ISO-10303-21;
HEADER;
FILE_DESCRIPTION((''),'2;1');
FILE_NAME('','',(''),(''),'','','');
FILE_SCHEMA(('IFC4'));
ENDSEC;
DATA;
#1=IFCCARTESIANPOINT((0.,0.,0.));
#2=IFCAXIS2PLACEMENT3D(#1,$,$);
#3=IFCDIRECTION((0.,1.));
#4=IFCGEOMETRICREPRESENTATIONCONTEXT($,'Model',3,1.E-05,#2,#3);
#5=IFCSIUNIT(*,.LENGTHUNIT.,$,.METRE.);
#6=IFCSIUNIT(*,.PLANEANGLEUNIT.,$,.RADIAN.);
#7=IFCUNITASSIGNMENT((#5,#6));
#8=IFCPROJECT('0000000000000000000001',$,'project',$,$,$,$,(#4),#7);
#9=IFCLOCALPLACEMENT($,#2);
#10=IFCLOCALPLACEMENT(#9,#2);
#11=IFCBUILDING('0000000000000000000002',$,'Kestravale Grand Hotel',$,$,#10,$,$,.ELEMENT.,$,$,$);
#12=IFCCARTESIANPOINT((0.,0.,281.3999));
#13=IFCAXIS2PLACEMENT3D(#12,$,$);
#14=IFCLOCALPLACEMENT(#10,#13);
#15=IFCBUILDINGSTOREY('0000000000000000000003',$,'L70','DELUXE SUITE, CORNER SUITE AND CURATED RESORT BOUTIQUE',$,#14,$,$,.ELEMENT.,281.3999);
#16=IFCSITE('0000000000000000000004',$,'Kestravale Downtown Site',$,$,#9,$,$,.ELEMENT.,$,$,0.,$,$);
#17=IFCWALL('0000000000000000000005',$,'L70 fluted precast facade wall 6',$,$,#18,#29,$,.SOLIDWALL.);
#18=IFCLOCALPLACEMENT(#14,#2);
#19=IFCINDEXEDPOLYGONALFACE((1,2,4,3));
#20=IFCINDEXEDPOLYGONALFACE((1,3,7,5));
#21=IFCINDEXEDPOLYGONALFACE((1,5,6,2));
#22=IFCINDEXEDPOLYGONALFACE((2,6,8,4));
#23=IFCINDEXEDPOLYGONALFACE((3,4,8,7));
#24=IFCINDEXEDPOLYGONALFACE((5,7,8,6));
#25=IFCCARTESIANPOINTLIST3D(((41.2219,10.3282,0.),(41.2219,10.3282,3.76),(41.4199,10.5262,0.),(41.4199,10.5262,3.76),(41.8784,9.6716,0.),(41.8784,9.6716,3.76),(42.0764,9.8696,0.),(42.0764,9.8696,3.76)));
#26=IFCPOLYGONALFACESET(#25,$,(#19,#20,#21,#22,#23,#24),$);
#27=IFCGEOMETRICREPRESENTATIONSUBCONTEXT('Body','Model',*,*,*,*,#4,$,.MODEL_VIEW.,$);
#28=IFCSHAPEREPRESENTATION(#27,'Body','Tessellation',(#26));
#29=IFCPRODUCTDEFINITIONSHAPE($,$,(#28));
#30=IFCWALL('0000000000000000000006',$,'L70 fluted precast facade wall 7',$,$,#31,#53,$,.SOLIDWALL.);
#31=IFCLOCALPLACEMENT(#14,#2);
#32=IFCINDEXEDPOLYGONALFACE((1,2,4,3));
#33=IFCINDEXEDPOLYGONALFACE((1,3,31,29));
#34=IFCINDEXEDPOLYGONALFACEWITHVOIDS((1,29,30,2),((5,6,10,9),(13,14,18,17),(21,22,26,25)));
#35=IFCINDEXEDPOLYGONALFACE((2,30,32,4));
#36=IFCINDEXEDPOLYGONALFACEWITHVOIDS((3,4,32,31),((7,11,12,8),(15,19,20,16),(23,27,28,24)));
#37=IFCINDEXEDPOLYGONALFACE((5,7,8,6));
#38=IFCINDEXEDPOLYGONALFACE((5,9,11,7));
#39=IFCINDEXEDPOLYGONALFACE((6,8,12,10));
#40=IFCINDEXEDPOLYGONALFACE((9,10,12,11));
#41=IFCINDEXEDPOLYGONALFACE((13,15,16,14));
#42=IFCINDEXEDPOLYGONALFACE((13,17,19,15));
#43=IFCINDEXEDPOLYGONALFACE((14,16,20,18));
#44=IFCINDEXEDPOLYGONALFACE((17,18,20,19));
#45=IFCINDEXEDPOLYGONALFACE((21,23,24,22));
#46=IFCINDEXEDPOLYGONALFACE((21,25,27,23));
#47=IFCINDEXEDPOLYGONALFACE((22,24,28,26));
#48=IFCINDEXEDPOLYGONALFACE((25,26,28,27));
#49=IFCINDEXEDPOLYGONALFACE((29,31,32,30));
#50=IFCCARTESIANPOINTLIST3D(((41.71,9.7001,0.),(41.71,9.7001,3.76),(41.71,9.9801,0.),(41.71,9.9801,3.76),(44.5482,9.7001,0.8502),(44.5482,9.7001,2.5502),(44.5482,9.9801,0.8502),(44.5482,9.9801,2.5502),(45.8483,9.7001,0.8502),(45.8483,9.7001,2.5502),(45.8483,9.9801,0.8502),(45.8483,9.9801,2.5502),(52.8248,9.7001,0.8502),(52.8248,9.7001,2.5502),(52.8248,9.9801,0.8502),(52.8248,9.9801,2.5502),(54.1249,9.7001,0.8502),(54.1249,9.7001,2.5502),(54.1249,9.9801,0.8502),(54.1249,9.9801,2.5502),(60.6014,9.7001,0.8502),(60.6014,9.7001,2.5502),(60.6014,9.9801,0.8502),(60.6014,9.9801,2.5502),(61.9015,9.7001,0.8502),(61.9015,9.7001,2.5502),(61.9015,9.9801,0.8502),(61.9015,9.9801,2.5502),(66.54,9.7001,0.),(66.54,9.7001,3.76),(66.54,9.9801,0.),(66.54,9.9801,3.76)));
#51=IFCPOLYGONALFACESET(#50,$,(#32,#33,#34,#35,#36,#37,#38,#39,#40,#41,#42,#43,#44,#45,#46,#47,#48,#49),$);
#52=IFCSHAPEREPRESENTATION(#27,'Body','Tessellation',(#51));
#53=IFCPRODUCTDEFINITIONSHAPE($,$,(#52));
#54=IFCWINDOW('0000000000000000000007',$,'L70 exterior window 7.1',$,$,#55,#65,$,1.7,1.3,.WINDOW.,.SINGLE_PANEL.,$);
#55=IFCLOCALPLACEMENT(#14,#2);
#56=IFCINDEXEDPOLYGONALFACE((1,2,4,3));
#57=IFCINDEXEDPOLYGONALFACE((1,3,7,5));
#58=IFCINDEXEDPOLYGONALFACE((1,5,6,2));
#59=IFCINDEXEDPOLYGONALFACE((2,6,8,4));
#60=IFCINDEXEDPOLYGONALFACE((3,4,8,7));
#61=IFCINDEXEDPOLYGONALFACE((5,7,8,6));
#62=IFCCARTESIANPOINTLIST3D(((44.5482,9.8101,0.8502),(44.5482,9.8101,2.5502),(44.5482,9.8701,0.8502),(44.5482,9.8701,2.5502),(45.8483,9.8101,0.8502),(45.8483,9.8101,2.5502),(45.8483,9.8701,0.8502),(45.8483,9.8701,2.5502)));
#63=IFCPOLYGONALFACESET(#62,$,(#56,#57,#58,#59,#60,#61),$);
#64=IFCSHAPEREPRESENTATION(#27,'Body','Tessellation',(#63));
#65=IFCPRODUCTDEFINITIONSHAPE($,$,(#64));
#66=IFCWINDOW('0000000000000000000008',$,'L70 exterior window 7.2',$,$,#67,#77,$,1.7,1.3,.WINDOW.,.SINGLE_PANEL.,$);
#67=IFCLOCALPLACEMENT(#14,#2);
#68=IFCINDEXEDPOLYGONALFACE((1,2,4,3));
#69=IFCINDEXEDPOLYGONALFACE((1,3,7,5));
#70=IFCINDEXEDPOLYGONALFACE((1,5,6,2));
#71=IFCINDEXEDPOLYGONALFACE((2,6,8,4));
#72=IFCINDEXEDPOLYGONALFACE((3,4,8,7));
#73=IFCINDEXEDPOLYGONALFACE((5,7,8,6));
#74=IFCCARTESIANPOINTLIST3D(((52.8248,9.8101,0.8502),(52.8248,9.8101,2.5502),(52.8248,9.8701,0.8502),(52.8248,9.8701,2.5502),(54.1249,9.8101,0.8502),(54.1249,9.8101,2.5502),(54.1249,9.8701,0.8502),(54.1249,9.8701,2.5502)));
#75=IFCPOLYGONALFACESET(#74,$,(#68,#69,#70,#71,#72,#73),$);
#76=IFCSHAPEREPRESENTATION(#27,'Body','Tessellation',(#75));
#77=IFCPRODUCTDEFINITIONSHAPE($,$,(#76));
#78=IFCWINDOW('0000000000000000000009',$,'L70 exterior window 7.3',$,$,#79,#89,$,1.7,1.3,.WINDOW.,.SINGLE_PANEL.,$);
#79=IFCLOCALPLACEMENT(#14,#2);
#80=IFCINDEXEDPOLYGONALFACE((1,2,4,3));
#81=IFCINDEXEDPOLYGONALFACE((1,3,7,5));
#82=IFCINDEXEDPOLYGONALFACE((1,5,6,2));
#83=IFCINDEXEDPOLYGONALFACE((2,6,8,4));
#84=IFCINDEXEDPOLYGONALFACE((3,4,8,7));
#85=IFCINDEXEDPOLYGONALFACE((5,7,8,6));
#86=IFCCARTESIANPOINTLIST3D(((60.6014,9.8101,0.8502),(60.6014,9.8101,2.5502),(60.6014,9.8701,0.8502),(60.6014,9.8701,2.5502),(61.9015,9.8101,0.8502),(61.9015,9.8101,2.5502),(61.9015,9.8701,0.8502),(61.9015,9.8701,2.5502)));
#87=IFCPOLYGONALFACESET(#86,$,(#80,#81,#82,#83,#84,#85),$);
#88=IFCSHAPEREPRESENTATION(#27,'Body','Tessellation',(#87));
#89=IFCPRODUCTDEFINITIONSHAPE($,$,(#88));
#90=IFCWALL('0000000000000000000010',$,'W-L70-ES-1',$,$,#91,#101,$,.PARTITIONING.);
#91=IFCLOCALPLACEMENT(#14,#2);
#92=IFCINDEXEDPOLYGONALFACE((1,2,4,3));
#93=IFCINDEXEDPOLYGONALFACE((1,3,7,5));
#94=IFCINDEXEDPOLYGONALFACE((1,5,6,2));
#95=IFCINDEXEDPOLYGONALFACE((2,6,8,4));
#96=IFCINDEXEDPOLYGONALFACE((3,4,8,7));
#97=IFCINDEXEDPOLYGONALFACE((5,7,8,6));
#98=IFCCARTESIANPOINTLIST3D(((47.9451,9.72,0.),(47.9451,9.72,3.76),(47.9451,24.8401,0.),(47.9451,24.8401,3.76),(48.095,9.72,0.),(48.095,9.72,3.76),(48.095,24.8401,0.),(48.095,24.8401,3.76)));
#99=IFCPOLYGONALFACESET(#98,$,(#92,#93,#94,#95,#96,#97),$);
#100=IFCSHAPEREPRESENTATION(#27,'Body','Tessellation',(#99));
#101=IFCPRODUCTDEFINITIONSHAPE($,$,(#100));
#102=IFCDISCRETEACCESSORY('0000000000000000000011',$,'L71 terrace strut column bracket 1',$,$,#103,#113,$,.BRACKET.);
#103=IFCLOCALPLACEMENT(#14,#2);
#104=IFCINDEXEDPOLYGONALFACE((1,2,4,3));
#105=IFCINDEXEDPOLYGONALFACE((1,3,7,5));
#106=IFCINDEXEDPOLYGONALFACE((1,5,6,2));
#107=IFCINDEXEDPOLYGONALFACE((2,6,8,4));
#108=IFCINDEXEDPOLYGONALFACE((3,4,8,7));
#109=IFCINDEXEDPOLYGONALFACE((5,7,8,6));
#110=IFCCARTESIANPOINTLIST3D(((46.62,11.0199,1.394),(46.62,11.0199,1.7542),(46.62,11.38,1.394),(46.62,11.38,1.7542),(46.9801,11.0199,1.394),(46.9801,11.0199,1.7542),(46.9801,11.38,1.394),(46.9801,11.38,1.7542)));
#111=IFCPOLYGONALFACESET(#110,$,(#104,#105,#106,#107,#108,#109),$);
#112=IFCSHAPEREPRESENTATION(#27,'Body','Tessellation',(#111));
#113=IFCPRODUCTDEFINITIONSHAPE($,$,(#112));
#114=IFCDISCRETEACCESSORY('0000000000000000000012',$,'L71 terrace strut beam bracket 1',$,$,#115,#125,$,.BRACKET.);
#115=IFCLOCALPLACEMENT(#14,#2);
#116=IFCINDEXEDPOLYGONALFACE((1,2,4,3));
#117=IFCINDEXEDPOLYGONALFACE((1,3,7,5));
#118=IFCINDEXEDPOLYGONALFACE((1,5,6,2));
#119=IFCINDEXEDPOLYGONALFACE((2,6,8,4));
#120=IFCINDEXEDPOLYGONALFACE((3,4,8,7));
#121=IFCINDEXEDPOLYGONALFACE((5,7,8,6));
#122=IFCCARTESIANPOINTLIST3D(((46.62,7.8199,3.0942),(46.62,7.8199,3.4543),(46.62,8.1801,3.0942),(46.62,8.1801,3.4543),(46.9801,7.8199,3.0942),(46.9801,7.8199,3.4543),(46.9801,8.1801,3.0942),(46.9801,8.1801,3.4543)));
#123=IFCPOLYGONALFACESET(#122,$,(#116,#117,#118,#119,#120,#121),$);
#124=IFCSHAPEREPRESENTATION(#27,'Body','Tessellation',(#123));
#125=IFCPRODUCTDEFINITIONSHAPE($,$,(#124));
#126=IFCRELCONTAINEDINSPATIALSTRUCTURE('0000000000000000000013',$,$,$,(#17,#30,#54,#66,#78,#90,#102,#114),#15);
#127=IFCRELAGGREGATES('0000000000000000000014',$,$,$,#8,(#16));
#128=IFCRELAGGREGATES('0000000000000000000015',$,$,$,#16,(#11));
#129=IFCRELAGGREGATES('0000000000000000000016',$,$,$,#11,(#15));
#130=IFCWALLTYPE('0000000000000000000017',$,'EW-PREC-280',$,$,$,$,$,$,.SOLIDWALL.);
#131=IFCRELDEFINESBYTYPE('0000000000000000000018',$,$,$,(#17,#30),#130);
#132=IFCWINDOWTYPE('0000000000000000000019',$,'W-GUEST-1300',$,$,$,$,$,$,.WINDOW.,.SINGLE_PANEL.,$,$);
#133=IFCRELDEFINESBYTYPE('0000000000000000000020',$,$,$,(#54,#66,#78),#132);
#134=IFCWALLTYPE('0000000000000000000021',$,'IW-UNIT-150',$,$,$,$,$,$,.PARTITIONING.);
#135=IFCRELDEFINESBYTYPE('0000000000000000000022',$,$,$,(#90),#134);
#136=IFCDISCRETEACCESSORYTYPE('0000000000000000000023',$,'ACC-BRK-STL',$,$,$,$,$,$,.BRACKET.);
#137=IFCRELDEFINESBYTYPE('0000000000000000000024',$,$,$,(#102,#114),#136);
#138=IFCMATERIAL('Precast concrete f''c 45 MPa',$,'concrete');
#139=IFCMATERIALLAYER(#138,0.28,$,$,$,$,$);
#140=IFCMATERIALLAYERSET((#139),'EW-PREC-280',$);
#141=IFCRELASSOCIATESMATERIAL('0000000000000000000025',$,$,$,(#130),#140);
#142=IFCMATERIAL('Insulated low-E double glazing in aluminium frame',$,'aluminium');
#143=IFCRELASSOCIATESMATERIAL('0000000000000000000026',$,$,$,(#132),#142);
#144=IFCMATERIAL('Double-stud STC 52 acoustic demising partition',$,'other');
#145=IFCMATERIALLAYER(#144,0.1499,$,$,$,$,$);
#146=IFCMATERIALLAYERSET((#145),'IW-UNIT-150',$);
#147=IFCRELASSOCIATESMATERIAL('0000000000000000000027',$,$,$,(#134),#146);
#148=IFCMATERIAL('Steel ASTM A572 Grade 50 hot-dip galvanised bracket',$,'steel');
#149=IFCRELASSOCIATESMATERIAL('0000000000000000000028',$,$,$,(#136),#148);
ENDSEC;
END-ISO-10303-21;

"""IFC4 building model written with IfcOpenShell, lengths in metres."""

from ifc_helpers import new_model, si_unit, direction, frame, frame_2d, origin, origin_2d, place, context, subcontext, project, spatial, rectangle, extrude, material, layer, layer_set, type_object, element, fill, save


model = new_model("IFC4")

# Units and contexts
model_context = context("Model", 3, precision=1e-05, world=origin(), true_north=direction((0.0, 1.0)))
body_context = subcontext(model_context, "Body", "Model", "MODEL_VIEW")
ifc_project = project(units=[si_unit("LENGTHUNIT", "METRE"), si_unit("PLANEANGLEUNIT", "RADIAN")], contexts=[model_context])

# Site, building, storey
site_placement = place(None, origin())
site = spatial("IfcSite", under=ifc_project, at=site_placement, Name="Kestravale Downtown Site", CompositionType="ELEMENT", RefElevation=0.0)
building_placement = place(site_placement, origin())
building = spatial("IfcBuilding", under=site, at=building_placement, Name="Kestravale Grand Hotel", CompositionType="ELEMENT")
storey_placement = place(building_placement, frame((0.0, 0.0, 281.3999)))
storey = spatial("IfcBuildingStorey", under=building, at=storey_placement, Name="L70", Description="DELUXE SUITE, CORNER SUITE AND CURATED RESORT BOUTIQUE", CompositionType="ELEMENT", Elevation=281.3999)

# Shared definitions
ifc_material_1 = material(Name="Precast concrete f'c 45 MPa", Category="concrete")
ifc_layer_1 = layer(ifc_material_1, 0.28)
ifc_layer_set_1 = layer_set([ifc_layer_1], Name="EW-PREC-280")
wall_type_1 = type_object("IfcWallType", Name="EW-PREC-280", PredefinedType="SOLIDWALL", material=ifc_layer_set_1)

# Shared definitions
ifc_material_2 = material(Name="Insulated low-E double glazing in aluminium frame", Category="aluminium")
window_type = type_object("IfcWindowType", Name="W-GUEST-1300", PartitioningType="SINGLE_PANEL", PredefinedType="WINDOW", material=ifc_material_2)

# Wall
wall_1_placement = place(storey_placement, frame((41.3208, 10.4272, 0.0), z_axis=(0.0, 0.0, 1.0), x_axis=(0.707107, -0.707107, 0.0)))
element("IfcWall", 1, at=wall_1_placement, inside=storey, type_object=wall_type_1, Name="L70 fluted precast facade wall 6", PredefinedType="SOLIDWALL", context=body_context, shape_type="SweptSolid", body=[
    extrude(rectangle(XDim=0.9285, YDim=0.28, at=frame_2d((0.4644, 0.0))), origin(), (0.0, 0.0, 1.0), 3.76),
])

# Wall, openings, windows
wall_2_placement = place(storey_placement, frame((41.71, 9.8401, 0.0), z_axis=(0.0, 0.0, 1.0), x_axis=(1.0, 0.0, 0.0)))
wall_2 = element("IfcWall", 2, at=wall_2_placement, inside=storey, type_object=wall_type_1, Name="L70 fluted precast facade wall 7", PredefinedType="SOLIDWALL", context=body_context, shape_type="SweptSolid", body=[
    extrude(rectangle(XDim=24.8301, YDim=0.28, at=frame_2d((12.415, 0.0))), origin(), (0.0, 0.0, 1.0), 3.76),
])
opening_1_placement = place(wall_2_placement, frame((2.8384, 0.0, 0.8501)))
opening_1 = element("IfcOpeningElement", 3, at=opening_1_placement, cuts=wall_2, PredefinedType="OPENING", context=body_context, shape_type="SweptSolid", body=[
    extrude(rectangle(XDim=1.3, YDim=1.7, at=frame_2d((0.6499, 0.8501))), frame((0.0, 0.1499, 0.0), z_axis=(0.0, -1.0, 0.0), x_axis=(1.0, 0.0, 0.0)), (0.0, 0.0, 1.0), 0.3),
])
opening_2_placement = place(wall_2_placement, frame((11.115, 0.0, 0.8501)))
opening_2 = element("IfcOpeningElement", 4, at=opening_2_placement, cuts=wall_2, PredefinedType="OPENING", context=body_context, shape_type="SweptSolid", body=[
    extrude(rectangle(XDim=1.3, YDim=1.7, at=frame_2d((0.6499, 0.8501))), frame((0.0, 0.1499, 0.0), z_axis=(0.0, -1.0, 0.0), x_axis=(1.0, 0.0, 0.0)), (0.0, 0.0, 1.0), 0.3),
])
opening_3_placement = place(wall_2_placement, frame((18.8916, 0.0, 0.8501)))
opening_3 = element("IfcOpeningElement", 5, at=opening_3_placement, cuts=wall_2, PredefinedType="OPENING", context=body_context, shape_type="SweptSolid", body=[
    extrude(rectangle(XDim=1.3, YDim=1.7, at=frame_2d((0.6499, 0.8501))), frame((0.0, 0.1499, 0.0), z_axis=(0.0, -1.0, 0.0), x_axis=(1.0, 0.0, 0.0)), (0.0, 0.0, 1.0), 0.3),
])
window_1_placement = place(opening_1_placement, origin())
window_1 = element("IfcWindow", 6, at=window_1_placement, inside=storey, type_object=window_type, Name="L70 exterior window 7.1", OverallHeight=1.7, OverallWidth=1.3, PartitioningType="SINGLE_PANEL", PredefinedType="WINDOW", context=body_context, shape_type="SweptSolid", body=[
    extrude(rectangle(XDim=1.3, YDim=1.7, at=frame_2d((0.6499, 0.8501))), frame((0.0, 0.03, 0.0), z_axis=(0.0, -1.0, 0.0), x_axis=(1.0, 0.0, 0.0)), (0.0, 0.0, 1.0), 0.0601),
])
fill(opening_1, window_1)
window_2_placement = place(opening_2_placement, origin())
window_2 = element("IfcWindow", 7, at=window_2_placement, inside=storey, type_object=window_type, Name="L70 exterior window 7.2", OverallHeight=1.7, OverallWidth=1.3, PartitioningType="SINGLE_PANEL", PredefinedType="WINDOW", context=body_context, shape_type="SweptSolid", body=[
    extrude(rectangle(XDim=1.3, YDim=1.7, at=frame_2d((0.6499, 0.8501))), frame((0.0, 0.03, 0.0), z_axis=(0.0, -1.0, 0.0), x_axis=(1.0, 0.0, 0.0)), (0.0, 0.0, 1.0), 0.0601),
])
fill(opening_2, window_2)
window_3_placement = place(opening_3_placement, origin())
window_3 = element("IfcWindow", 8, at=window_3_placement, inside=storey, type_object=window_type, Name="L70 exterior window 7.3", OverallHeight=1.7, OverallWidth=1.3, PartitioningType="SINGLE_PANEL", PredefinedType="WINDOW", context=body_context, shape_type="SweptSolid", body=[
    extrude(rectangle(XDim=1.3, YDim=1.7, at=frame_2d((0.6499, 0.8501))), frame((0.0, 0.03, 0.0), z_axis=(0.0, -1.0, 0.0), x_axis=(1.0, 0.0, 0.0)), (0.0, 0.0, 1.0), 0.0601),
])
fill(opening_3, window_3)

# Wall
ifc_material_3 = material(Name="Double-stud STC 52 acoustic demising partition", Category="other")
ifc_layer_2 = layer(ifc_material_3, 0.1499)
ifc_layer_set_2 = layer_set([ifc_layer_2], Name="IW-UNIT-150")
wall_type_2 = type_object("IfcWallType", Name="IW-UNIT-150", PredefinedType="PARTITIONING", material=ifc_layer_set_2)
wall_3_placement = place(storey_placement, frame((48.02, 9.72, 0.0), z_axis=(0.0, 0.0, 1.0), x_axis=(0.0, 1.0, 0.0)))
element("IfcWall", 9, at=wall_3_placement, inside=storey, type_object=wall_type_2, Name="W-L70-ES-1", PredefinedType="PARTITIONING", context=body_context, shape_type="SweptSolid", body=[
    extrude(rectangle(XDim=15.1201, YDim=0.1499, at=frame_2d((7.5601, 0.0))), origin(), (0.0, 0.0, 1.0), 3.76),
])

# Discrete accessories
ifc_material_4 = material(Name="Steel ASTM A572 Grade 50 hot-dip galvanised bracket", Category="steel")
discrete_accessory_type = type_object("IfcDiscreteAccessoryType", Name="ACC-BRK-STL", PredefinedType="BRACKET", material=ifc_material_4)
for number, where, z_axis, x_axis, name in (
    (10, (46.8, 11.2, 1.394), (0.0, 0.0, 1.0), (1.0, 0.0, 0.0), "L71 terrace strut column bracket 1"),
    (11, (46.8, 8.0, 3.0942), (0.0, 0.0, 1.0), (1.0, 0.0, 0.0), "L71 terrace strut beam bracket 1"),
):
    element("IfcDiscreteAccessory", number, at=place(storey_placement, frame(where, z_axis=z_axis, x_axis=x_axis)), inside=storey, type_object=discrete_accessory_type, Name=name, PredefinedType="BRACKET", context=body_context, shape_type="SweptSolid", body=[
        extrude(rectangle(XDim=0.3601, YDim=0.3601, at=origin_2d()), origin(), (0.0, 0.0, 1.0), 0.3601),
    ])

save(model, "model.ifc")
